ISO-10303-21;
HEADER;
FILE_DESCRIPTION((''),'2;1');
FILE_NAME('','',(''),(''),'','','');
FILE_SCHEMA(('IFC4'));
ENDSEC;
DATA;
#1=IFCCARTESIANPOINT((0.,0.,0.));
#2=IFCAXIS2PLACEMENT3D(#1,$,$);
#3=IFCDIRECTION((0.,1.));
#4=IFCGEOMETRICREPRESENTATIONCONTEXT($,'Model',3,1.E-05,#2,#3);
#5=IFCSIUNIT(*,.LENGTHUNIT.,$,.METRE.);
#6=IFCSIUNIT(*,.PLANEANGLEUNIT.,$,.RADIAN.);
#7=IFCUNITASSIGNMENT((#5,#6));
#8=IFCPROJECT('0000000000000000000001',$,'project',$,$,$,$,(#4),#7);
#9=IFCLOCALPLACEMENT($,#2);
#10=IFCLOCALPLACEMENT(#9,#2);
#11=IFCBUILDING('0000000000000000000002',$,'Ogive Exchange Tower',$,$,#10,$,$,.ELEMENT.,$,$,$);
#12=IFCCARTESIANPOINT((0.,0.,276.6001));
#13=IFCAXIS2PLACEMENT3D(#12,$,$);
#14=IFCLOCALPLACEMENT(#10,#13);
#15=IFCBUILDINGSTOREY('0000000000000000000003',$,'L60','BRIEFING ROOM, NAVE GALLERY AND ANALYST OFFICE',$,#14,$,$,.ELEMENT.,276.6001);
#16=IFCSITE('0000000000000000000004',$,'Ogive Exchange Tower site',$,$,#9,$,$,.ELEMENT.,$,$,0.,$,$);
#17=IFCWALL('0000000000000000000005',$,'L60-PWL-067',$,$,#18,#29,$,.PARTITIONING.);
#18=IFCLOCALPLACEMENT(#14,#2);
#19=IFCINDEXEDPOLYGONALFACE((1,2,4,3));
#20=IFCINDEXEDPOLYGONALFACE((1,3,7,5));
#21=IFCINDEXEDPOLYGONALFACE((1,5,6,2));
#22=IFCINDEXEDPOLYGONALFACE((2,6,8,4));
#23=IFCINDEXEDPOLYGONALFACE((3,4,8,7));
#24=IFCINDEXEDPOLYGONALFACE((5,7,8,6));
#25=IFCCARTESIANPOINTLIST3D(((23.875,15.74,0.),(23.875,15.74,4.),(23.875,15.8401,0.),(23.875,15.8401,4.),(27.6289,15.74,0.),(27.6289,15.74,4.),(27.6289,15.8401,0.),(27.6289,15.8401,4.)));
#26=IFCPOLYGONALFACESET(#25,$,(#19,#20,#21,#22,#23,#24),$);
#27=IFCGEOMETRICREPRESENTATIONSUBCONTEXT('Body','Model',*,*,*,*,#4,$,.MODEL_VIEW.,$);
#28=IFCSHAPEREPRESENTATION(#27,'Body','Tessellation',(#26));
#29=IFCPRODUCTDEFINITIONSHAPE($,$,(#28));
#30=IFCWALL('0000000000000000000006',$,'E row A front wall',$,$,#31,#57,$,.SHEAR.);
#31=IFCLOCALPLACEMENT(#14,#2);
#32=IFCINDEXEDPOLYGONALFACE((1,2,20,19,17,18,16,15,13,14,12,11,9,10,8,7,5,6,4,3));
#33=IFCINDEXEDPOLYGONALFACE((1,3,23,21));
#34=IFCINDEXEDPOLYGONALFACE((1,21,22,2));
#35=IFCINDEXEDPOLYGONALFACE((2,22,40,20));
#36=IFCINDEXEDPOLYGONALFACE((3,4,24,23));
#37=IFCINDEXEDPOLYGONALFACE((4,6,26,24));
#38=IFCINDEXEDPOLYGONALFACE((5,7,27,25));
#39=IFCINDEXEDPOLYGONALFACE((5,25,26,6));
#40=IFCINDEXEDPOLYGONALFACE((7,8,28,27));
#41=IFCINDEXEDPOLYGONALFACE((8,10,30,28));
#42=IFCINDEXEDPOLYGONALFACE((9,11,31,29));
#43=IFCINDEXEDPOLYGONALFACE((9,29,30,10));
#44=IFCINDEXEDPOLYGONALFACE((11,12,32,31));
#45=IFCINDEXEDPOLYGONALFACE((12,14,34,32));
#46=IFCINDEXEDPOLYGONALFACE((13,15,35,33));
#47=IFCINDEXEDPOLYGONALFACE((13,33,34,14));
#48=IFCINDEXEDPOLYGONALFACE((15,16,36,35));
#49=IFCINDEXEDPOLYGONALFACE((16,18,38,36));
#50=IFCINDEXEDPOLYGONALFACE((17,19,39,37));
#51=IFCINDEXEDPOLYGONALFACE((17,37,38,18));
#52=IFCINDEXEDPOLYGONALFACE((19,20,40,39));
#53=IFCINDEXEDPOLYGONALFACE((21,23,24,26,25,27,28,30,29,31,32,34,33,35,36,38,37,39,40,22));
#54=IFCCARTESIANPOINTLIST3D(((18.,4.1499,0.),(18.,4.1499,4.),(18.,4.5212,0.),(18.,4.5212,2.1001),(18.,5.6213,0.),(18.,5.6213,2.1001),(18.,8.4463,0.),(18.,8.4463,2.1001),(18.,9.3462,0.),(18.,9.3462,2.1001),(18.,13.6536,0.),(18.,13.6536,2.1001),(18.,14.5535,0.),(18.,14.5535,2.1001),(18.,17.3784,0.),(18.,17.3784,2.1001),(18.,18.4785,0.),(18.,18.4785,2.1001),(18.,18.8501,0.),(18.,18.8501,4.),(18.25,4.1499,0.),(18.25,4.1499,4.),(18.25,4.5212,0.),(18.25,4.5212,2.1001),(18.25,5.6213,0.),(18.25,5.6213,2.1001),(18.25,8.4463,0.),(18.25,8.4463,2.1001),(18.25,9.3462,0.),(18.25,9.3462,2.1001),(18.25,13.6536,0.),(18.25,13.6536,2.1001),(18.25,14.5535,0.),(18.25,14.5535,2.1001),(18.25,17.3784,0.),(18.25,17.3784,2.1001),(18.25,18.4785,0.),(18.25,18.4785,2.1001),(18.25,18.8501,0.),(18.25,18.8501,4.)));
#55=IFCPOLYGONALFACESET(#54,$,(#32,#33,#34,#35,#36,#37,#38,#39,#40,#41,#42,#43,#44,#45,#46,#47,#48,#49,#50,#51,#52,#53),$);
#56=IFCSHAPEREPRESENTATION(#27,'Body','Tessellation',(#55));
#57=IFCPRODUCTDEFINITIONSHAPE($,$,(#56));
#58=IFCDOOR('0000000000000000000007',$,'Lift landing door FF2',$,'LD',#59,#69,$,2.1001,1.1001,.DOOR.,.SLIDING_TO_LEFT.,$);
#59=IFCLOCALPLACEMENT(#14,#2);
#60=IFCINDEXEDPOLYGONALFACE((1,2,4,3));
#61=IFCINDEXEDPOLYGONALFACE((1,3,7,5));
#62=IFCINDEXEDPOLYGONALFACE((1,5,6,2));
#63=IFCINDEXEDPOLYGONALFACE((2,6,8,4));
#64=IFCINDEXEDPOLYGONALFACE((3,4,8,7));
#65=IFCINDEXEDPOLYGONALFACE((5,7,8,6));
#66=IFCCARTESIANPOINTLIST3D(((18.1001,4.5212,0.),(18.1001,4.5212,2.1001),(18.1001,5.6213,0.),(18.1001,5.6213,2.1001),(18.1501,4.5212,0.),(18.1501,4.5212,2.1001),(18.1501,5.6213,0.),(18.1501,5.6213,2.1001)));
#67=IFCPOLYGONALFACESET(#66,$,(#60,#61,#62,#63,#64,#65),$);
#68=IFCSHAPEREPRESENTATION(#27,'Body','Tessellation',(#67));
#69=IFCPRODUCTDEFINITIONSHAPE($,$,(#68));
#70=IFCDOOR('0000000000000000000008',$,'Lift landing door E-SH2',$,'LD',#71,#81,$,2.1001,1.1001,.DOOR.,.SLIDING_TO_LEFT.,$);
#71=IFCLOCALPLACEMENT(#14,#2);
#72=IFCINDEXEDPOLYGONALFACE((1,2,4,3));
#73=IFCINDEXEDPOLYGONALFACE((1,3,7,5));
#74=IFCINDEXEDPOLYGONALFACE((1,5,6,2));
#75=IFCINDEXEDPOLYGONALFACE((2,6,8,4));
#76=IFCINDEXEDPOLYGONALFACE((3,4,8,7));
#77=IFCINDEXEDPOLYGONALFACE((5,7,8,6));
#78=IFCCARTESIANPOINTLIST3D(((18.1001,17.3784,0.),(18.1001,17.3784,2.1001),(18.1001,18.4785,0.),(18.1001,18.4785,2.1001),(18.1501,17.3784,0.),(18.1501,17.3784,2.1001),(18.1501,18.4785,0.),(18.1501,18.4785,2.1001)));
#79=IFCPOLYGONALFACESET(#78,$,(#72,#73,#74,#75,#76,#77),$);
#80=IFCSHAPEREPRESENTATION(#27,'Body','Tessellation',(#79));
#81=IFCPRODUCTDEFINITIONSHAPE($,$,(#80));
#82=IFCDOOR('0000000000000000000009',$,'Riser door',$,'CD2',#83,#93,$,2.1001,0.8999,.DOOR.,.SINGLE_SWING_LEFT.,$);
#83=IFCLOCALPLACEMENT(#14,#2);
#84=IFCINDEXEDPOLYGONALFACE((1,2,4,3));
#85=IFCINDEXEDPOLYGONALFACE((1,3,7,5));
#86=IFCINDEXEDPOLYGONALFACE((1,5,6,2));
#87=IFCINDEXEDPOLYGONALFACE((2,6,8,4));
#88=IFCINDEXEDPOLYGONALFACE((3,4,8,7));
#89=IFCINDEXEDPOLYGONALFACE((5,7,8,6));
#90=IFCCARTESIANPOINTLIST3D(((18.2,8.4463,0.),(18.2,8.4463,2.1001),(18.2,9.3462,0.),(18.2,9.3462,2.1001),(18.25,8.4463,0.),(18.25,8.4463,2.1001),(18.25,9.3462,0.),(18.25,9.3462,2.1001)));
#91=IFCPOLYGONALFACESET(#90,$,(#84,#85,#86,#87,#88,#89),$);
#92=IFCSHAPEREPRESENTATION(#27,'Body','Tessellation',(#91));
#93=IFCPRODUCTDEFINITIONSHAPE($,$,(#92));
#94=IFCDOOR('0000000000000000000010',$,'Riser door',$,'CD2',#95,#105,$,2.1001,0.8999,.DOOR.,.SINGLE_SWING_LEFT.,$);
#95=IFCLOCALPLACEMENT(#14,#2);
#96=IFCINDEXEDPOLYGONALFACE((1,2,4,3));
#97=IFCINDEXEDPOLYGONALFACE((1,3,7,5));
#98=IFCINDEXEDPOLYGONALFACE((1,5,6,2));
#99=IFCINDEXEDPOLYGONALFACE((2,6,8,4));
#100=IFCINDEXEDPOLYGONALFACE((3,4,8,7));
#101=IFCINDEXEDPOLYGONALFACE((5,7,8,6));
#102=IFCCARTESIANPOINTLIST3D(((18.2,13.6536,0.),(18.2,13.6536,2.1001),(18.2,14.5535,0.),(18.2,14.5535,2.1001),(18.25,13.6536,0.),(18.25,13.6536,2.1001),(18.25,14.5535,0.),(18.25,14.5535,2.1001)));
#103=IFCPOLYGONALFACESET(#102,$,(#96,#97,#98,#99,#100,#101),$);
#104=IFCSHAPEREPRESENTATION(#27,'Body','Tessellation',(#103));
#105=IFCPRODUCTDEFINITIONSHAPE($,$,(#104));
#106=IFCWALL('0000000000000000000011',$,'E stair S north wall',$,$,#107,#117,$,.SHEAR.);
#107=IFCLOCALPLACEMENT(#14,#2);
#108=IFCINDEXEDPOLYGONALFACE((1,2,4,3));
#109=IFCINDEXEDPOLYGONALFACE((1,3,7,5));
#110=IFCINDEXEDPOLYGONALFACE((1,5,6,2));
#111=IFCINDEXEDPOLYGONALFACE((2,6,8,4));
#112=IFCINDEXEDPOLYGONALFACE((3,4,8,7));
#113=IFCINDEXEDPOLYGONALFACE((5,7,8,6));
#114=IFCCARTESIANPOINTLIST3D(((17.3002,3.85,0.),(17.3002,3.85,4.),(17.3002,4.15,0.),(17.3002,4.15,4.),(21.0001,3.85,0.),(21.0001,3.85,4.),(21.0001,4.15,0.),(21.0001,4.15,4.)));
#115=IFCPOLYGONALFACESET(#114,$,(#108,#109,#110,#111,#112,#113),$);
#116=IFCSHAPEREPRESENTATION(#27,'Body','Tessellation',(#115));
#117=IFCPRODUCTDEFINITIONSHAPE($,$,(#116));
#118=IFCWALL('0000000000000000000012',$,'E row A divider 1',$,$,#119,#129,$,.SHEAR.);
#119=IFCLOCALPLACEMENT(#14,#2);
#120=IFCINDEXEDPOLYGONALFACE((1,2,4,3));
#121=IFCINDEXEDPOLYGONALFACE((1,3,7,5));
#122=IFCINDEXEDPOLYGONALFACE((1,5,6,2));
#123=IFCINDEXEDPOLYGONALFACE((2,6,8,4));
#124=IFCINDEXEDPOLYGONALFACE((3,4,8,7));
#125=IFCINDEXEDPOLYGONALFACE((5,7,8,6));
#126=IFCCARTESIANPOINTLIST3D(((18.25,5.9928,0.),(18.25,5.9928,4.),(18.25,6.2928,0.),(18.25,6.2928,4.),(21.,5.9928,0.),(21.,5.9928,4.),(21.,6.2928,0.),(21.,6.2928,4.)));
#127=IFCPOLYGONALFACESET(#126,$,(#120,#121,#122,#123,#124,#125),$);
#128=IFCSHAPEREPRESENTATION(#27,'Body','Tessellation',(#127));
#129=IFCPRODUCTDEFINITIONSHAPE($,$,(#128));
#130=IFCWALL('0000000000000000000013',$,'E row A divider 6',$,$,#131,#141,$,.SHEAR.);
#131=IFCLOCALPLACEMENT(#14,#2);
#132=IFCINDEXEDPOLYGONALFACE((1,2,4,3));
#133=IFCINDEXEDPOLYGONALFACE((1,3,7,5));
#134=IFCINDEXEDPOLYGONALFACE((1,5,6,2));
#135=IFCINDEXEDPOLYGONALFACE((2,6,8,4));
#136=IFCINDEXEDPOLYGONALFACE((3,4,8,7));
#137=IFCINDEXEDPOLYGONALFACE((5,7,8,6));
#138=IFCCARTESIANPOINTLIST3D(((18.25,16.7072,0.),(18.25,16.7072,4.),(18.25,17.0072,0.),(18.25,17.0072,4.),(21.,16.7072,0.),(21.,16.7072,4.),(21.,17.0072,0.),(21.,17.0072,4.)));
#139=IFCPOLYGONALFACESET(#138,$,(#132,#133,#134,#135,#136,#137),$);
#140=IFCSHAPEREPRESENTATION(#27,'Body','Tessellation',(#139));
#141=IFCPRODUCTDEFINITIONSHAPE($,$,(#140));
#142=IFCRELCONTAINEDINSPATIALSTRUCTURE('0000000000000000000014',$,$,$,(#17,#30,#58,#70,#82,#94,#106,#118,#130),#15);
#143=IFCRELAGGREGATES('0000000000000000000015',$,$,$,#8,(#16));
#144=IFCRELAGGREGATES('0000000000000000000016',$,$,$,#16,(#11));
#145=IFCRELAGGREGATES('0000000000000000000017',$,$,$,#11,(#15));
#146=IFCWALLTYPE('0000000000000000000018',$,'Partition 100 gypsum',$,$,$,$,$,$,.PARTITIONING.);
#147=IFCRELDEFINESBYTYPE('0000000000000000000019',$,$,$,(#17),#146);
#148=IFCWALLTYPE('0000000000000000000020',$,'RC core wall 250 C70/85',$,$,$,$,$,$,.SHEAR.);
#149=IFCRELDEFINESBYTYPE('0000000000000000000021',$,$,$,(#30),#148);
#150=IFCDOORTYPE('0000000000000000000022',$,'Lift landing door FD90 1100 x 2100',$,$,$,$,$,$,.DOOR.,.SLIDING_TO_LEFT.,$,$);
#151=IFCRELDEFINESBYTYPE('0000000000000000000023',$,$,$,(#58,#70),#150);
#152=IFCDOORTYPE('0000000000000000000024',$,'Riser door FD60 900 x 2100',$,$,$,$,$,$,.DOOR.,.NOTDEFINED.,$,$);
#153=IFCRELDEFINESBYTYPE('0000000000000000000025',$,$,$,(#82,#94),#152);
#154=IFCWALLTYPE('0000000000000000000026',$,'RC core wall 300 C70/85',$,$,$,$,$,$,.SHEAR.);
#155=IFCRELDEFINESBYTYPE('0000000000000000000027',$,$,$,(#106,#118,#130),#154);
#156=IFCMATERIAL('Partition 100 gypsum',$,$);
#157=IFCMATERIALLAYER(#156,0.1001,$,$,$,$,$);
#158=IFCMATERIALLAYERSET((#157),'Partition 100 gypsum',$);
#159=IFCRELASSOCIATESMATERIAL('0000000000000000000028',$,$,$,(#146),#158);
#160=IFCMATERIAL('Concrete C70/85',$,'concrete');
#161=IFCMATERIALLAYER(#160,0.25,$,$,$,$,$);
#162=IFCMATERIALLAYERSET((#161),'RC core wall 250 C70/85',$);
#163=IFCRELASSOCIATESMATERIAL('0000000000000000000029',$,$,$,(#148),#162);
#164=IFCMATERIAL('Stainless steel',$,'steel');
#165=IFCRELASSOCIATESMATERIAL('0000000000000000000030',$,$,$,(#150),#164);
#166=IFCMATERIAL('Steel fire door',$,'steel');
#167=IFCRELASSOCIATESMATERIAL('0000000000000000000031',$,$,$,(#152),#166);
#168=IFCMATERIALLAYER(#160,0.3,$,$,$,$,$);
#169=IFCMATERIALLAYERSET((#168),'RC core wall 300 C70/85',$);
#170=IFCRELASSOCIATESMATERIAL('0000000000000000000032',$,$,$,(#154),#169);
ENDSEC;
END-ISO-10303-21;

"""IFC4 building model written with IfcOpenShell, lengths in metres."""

from ifc_helpers import new_model, si_unit, direction, frame, frame_2d, origin, place, context, subcontext, project, spatial, rectangle, extrude, material, layer, layer_set, type_object, element, fill, save


model = new_model("IFC4")

# Units and contexts
model_context = context("Model", 3, precision=1e-05, world=origin(), true_north=direction((0.0, 1.0)))
body_context = subcontext(model_context, "Body", "Model", "MODEL_VIEW")
ifc_project = project(units=[si_unit("LENGTHUNIT", "METRE"), si_unit("PLANEANGLEUNIT", "RADIAN")], contexts=[model_context])

# Site, building, storey
site_placement = place(None, origin())
site = spatial("IfcSite", under=ifc_project, at=site_placement, Name="Ogive Exchange Tower site", CompositionType="ELEMENT", RefElevation=0.0)
building_placement = place(site_placement, origin())
building = spatial("IfcBuilding", under=site, at=building_placement, Name="Ogive Exchange Tower", CompositionType="ELEMENT")
storey_placement = place(building_placement, frame((0.0, 0.0, 276.6001)))
storey = spatial("IfcBuildingStorey", under=building, at=storey_placement, Name="L60", Description="BRIEFING ROOM, NAVE GALLERY AND ANALYST OFFICE", CompositionType="ELEMENT", Elevation=276.6001)

# Wall
ifc_material_1 = material(Name="Partition 100 gypsum")
ifc_layer_1 = layer(ifc_material_1, 0.1001)
ifc_layer_set_1 = layer_set([ifc_layer_1], Name="Partition 100 gypsum")
wall_type_1 = type_object("IfcWallType", Name="Partition 100 gypsum", PredefinedType="PARTITIONING", material=ifc_layer_set_1)
wall_1_placement = place(storey_placement, frame((23.875, 15.79, 0.0), z_axis=(0.0, 0.0, 1.0), x_axis=(1.0, 0.0, 0.0)))
element("IfcWall", 1, at=wall_1_placement, inside=storey, type_object=wall_type_1, Name="L60-PWL-067", PredefinedType="PARTITIONING", context=body_context, shape_type="SweptSolid", body=[
    extrude(rectangle(XDim=3.7539, YDim=0.1001, at=frame_2d((1.877, 0.0))), origin(), (0.0, 0.0, 1.0), 4.0),
])

# Wall, openings, doors
ifc_material_2 = material(Name="Concrete C70/85", Category="concrete")
ifc_layer_2 = layer(ifc_material_2, 0.25)
ifc_layer_set_2 = layer_set([ifc_layer_2], Name="RC core wall 250 C70/85")
wall_type_2 = type_object("IfcWallType", Name="RC core wall 250 C70/85", PredefinedType="SHEAR", material=ifc_layer_set_2)
wall_2_placement = place(storey_placement, frame((18.125, 4.1499, 0.0), z_axis=(0.0, 0.0, 1.0), x_axis=(0.0, 1.0, 0.0)))
wall_2 = element("IfcWall", 2, at=wall_2_placement, inside=storey, type_object=wall_type_2, Name="E row A front wall", PredefinedType="SHEAR", context=body_context, shape_type="SweptSolid", body=[
    extrude(rectangle(XDim=14.7002, YDim=0.25, at=frame_2d((7.3501, 0.0))), origin(), (0.0, 0.0, 1.0), 4.0),
])
opening_1_placement = place(wall_2_placement, frame((4.2964, 0.0, 0.0)))
opening_1 = element("IfcOpeningElement", 3, at=opening_1_placement, cuts=wall_2, PredefinedType="OPENING", context=body_context, shape_type="SweptSolid", body=[
    extrude(rectangle(XDim=0.8999, YDim=2.1001, at=frame_2d((0.45, 1.05))), frame((0.0, 0.135, 0.0), z_axis=(0.0, -1.0, 0.0), x_axis=(1.0, 0.0, 0.0)), (0.0, 0.0, 1.0), 0.27),
])
opening_2_placement = place(wall_2_placement, frame((9.5037, 0.0, 0.0)))
opening_2 = element("IfcOpeningElement", 4, at=opening_2_placement, cuts=wall_2, PredefinedType="OPENING", context=body_context, shape_type="SweptSolid", body=[
    extrude(rectangle(XDim=0.8999, YDim=2.1001, at=frame_2d((0.45, 1.05))), frame((0.0, 0.135, 0.0), z_axis=(0.0, -1.0, 0.0), x_axis=(1.0, 0.0, 0.0)), (0.0, 0.0, 1.0), 0.27),
])
opening_3_placement = place(wall_2_placement, frame((0.3713, 0.0, 0.0)))
opening_3 = element("IfcOpeningElement", 5, at=opening_3_placement, cuts=wall_2, PredefinedType="OPENING", context=body_context, shape_type="SweptSolid", body=[
    extrude(rectangle(XDim=1.1001, YDim=2.1001, at=frame_2d((0.55, 1.05))), frame((0.0, 0.135, 0.0), z_axis=(0.0, -1.0, 0.0), x_axis=(1.0, 0.0, 0.0)), (0.0, 0.0, 1.0), 0.27),
])
opening_4_placement = place(wall_2_placement, frame((13.2285, 0.0, 0.0)))
opening_4 = element("IfcOpeningElement", 6, at=opening_4_placement, cuts=wall_2, PredefinedType="OPENING", context=body_context, shape_type="SweptSolid", body=[
    extrude(rectangle(XDim=1.1001, YDim=2.1001, at=frame_2d((0.55, 1.05))), frame((0.0, 0.135, 0.0), z_axis=(0.0, -1.0, 0.0), x_axis=(1.0, 0.0, 0.0)), (0.0, 0.0, 1.0), 0.27),
])
ifc_material_3 = material(Name="Stainless steel", Category="steel")
door_type_1 = type_object("IfcDoorType", Name="Lift landing door FD90 1100 x 2100", OperationType="SLIDING_TO_LEFT", PredefinedType="DOOR", material=ifc_material_3)
door_1_placement = place(opening_3_placement, origin())
door_1 = element("IfcDoor", 7, at=door_1_placement, inside=storey, type_object=door_type_1, Name="Lift landing door FF2", ObjectType="LD", OperationType="SLIDING_TO_LEFT", OverallHeight=2.1001, OverallWidth=1.1001, PredefinedType="DOOR", context=body_context, shape_type="SweptSolid", body=[
    extrude(rectangle(XDim=1.1001, YDim=2.1001, at=frame_2d((0.55, 1.05))), frame((0.0, 0.0249, 0.0), z_axis=(0.0, -1.0, 0.0), x_axis=(1.0, 0.0, 0.0)), (0.0, 0.0, 1.0), 0.05),
])
fill(opening_3, door_1)
door_2_placement = place(opening_4_placement, origin())
door_2 = element("IfcDoor", 8, at=door_2_placement, inside=storey, type_object=door_type_1, Name="Lift landing door E-SH2", ObjectType="LD", OperationType="SLIDING_TO_LEFT", OverallHeight=2.1001, OverallWidth=1.1001, PredefinedType="DOOR", context=body_context, shape_type="SweptSolid", body=[
    extrude(rectangle(XDim=1.1001, YDim=2.1001, at=frame_2d((0.55, 1.05))), frame((0.0, 0.0249, 0.0), z_axis=(0.0, -1.0, 0.0), x_axis=(1.0, 0.0, 0.0)), (0.0, 0.0, 1.0), 0.05),
])
fill(opening_4, door_2)
ifc_material_4 = material(Name="Steel fire door", Category="steel")
door_type_2 = type_object("IfcDoorType", Name="Riser door FD60 900 x 2100", OperationType="NOTDEFINED", PredefinedType="DOOR", material=ifc_material_4)
door_3_placement = place(opening_1_placement, frame((0.8999, -0.2002, 0.0), z_axis=(0.0, 0.0, 1.0), x_axis=(-1.0, 0.0, 0.0)))
door_3 = element("IfcDoor", 9, at=door_3_placement, inside=storey, type_object=door_type_2, Name="Riser door", ObjectType="CD2", OperationType="SINGLE_SWING_LEFT", OverallHeight=2.1001, OverallWidth=0.8999, PredefinedType="DOOR", context=body_context, shape_type="SweptSolid", body=[
    extrude(rectangle(XDim=0.8999, YDim=2.1001, at=frame_2d((0.45, 1.05))), frame((0.0, -0.0752, 0.0), z_axis=(0.0, -1.0, 0.0), x_axis=(1.0, 0.0, 0.0)), (0.0, 0.0, 1.0), 0.05),
])
fill(opening_1, door_3)
door_4_placement = place(opening_2_placement, frame((0.8999, -0.2002, 0.0), z_axis=(0.0, 0.0, 1.0), x_axis=(-1.0, 0.0, 0.0)))
door_4 = element("IfcDoor", 10, at=door_4_placement, inside=storey, type_object=door_type_2, Name="Riser door", ObjectType="CD2", OperationType="SINGLE_SWING_LEFT", OverallHeight=2.1001, OverallWidth=0.8999, PredefinedType="DOOR", context=body_context, shape_type="SweptSolid", body=[
    extrude(rectangle(XDim=0.8999, YDim=2.1001, at=frame_2d((0.45, 1.05))), frame((0.0, -0.0752, 0.0), z_axis=(0.0, -1.0, 0.0), x_axis=(1.0, 0.0, 0.0)), (0.0, 0.0, 1.0), 0.05),
])
fill(opening_2, door_4)

# Walls
ifc_layer_3 = layer(ifc_material_2, 0.3)
ifc_layer_set_3 = layer_set([ifc_layer_3], Name="RC core wall 300 C70/85")
wall_type_3 = type_object("IfcWallType", Name="RC core wall 300 C70/85", PredefinedType="SHEAR", material=ifc_layer_set_3)
wall_3_placement = place(storey_placement, frame((17.3, 4.0, 0.0), z_axis=(0.0, 0.0, 1.0), x_axis=(1.0, 0.0, 0.0)))
element("IfcWall", 11, at=wall_3_placement, inside=storey, type_object=wall_type_3, Name="E stair S north wall", PredefinedType="SHEAR", context=body_context, shape_type="SweptSolid", body=[
    extrude(rectangle(XDim=3.7, YDim=0.3, at=frame_2d((1.8501, 0.0))), origin(), (0.0, 0.0, 1.0), 4.0),
])
for number, where, z_axis, x_axis, name in (
    (12, (18.25, 6.1428, 0.0), (0.0, 0.0, 1.0), (1.0, 0.0, 0.0), "E row A divider 1"),
    (13, (18.25, 16.8572, 0.0), (0.0, 0.0, 1.0), (1.0, 0.0, 0.0), "E row A divider 6"),
):
    element("IfcWall", number, at=place(storey_placement, frame(where, z_axis=z_axis, x_axis=x_axis)), inside=storey, type_object=wall_type_3, Name=name, PredefinedType="SHEAR", context=body_context, shape_type="SweptSolid", body=[
        extrude(rectangle(XDim=2.75, YDim=0.3, at=frame_2d((1.375, 0.0))), origin(), (0.0, 0.0, 1.0), 4.0),
    ])

save(model, "model.ifc")
